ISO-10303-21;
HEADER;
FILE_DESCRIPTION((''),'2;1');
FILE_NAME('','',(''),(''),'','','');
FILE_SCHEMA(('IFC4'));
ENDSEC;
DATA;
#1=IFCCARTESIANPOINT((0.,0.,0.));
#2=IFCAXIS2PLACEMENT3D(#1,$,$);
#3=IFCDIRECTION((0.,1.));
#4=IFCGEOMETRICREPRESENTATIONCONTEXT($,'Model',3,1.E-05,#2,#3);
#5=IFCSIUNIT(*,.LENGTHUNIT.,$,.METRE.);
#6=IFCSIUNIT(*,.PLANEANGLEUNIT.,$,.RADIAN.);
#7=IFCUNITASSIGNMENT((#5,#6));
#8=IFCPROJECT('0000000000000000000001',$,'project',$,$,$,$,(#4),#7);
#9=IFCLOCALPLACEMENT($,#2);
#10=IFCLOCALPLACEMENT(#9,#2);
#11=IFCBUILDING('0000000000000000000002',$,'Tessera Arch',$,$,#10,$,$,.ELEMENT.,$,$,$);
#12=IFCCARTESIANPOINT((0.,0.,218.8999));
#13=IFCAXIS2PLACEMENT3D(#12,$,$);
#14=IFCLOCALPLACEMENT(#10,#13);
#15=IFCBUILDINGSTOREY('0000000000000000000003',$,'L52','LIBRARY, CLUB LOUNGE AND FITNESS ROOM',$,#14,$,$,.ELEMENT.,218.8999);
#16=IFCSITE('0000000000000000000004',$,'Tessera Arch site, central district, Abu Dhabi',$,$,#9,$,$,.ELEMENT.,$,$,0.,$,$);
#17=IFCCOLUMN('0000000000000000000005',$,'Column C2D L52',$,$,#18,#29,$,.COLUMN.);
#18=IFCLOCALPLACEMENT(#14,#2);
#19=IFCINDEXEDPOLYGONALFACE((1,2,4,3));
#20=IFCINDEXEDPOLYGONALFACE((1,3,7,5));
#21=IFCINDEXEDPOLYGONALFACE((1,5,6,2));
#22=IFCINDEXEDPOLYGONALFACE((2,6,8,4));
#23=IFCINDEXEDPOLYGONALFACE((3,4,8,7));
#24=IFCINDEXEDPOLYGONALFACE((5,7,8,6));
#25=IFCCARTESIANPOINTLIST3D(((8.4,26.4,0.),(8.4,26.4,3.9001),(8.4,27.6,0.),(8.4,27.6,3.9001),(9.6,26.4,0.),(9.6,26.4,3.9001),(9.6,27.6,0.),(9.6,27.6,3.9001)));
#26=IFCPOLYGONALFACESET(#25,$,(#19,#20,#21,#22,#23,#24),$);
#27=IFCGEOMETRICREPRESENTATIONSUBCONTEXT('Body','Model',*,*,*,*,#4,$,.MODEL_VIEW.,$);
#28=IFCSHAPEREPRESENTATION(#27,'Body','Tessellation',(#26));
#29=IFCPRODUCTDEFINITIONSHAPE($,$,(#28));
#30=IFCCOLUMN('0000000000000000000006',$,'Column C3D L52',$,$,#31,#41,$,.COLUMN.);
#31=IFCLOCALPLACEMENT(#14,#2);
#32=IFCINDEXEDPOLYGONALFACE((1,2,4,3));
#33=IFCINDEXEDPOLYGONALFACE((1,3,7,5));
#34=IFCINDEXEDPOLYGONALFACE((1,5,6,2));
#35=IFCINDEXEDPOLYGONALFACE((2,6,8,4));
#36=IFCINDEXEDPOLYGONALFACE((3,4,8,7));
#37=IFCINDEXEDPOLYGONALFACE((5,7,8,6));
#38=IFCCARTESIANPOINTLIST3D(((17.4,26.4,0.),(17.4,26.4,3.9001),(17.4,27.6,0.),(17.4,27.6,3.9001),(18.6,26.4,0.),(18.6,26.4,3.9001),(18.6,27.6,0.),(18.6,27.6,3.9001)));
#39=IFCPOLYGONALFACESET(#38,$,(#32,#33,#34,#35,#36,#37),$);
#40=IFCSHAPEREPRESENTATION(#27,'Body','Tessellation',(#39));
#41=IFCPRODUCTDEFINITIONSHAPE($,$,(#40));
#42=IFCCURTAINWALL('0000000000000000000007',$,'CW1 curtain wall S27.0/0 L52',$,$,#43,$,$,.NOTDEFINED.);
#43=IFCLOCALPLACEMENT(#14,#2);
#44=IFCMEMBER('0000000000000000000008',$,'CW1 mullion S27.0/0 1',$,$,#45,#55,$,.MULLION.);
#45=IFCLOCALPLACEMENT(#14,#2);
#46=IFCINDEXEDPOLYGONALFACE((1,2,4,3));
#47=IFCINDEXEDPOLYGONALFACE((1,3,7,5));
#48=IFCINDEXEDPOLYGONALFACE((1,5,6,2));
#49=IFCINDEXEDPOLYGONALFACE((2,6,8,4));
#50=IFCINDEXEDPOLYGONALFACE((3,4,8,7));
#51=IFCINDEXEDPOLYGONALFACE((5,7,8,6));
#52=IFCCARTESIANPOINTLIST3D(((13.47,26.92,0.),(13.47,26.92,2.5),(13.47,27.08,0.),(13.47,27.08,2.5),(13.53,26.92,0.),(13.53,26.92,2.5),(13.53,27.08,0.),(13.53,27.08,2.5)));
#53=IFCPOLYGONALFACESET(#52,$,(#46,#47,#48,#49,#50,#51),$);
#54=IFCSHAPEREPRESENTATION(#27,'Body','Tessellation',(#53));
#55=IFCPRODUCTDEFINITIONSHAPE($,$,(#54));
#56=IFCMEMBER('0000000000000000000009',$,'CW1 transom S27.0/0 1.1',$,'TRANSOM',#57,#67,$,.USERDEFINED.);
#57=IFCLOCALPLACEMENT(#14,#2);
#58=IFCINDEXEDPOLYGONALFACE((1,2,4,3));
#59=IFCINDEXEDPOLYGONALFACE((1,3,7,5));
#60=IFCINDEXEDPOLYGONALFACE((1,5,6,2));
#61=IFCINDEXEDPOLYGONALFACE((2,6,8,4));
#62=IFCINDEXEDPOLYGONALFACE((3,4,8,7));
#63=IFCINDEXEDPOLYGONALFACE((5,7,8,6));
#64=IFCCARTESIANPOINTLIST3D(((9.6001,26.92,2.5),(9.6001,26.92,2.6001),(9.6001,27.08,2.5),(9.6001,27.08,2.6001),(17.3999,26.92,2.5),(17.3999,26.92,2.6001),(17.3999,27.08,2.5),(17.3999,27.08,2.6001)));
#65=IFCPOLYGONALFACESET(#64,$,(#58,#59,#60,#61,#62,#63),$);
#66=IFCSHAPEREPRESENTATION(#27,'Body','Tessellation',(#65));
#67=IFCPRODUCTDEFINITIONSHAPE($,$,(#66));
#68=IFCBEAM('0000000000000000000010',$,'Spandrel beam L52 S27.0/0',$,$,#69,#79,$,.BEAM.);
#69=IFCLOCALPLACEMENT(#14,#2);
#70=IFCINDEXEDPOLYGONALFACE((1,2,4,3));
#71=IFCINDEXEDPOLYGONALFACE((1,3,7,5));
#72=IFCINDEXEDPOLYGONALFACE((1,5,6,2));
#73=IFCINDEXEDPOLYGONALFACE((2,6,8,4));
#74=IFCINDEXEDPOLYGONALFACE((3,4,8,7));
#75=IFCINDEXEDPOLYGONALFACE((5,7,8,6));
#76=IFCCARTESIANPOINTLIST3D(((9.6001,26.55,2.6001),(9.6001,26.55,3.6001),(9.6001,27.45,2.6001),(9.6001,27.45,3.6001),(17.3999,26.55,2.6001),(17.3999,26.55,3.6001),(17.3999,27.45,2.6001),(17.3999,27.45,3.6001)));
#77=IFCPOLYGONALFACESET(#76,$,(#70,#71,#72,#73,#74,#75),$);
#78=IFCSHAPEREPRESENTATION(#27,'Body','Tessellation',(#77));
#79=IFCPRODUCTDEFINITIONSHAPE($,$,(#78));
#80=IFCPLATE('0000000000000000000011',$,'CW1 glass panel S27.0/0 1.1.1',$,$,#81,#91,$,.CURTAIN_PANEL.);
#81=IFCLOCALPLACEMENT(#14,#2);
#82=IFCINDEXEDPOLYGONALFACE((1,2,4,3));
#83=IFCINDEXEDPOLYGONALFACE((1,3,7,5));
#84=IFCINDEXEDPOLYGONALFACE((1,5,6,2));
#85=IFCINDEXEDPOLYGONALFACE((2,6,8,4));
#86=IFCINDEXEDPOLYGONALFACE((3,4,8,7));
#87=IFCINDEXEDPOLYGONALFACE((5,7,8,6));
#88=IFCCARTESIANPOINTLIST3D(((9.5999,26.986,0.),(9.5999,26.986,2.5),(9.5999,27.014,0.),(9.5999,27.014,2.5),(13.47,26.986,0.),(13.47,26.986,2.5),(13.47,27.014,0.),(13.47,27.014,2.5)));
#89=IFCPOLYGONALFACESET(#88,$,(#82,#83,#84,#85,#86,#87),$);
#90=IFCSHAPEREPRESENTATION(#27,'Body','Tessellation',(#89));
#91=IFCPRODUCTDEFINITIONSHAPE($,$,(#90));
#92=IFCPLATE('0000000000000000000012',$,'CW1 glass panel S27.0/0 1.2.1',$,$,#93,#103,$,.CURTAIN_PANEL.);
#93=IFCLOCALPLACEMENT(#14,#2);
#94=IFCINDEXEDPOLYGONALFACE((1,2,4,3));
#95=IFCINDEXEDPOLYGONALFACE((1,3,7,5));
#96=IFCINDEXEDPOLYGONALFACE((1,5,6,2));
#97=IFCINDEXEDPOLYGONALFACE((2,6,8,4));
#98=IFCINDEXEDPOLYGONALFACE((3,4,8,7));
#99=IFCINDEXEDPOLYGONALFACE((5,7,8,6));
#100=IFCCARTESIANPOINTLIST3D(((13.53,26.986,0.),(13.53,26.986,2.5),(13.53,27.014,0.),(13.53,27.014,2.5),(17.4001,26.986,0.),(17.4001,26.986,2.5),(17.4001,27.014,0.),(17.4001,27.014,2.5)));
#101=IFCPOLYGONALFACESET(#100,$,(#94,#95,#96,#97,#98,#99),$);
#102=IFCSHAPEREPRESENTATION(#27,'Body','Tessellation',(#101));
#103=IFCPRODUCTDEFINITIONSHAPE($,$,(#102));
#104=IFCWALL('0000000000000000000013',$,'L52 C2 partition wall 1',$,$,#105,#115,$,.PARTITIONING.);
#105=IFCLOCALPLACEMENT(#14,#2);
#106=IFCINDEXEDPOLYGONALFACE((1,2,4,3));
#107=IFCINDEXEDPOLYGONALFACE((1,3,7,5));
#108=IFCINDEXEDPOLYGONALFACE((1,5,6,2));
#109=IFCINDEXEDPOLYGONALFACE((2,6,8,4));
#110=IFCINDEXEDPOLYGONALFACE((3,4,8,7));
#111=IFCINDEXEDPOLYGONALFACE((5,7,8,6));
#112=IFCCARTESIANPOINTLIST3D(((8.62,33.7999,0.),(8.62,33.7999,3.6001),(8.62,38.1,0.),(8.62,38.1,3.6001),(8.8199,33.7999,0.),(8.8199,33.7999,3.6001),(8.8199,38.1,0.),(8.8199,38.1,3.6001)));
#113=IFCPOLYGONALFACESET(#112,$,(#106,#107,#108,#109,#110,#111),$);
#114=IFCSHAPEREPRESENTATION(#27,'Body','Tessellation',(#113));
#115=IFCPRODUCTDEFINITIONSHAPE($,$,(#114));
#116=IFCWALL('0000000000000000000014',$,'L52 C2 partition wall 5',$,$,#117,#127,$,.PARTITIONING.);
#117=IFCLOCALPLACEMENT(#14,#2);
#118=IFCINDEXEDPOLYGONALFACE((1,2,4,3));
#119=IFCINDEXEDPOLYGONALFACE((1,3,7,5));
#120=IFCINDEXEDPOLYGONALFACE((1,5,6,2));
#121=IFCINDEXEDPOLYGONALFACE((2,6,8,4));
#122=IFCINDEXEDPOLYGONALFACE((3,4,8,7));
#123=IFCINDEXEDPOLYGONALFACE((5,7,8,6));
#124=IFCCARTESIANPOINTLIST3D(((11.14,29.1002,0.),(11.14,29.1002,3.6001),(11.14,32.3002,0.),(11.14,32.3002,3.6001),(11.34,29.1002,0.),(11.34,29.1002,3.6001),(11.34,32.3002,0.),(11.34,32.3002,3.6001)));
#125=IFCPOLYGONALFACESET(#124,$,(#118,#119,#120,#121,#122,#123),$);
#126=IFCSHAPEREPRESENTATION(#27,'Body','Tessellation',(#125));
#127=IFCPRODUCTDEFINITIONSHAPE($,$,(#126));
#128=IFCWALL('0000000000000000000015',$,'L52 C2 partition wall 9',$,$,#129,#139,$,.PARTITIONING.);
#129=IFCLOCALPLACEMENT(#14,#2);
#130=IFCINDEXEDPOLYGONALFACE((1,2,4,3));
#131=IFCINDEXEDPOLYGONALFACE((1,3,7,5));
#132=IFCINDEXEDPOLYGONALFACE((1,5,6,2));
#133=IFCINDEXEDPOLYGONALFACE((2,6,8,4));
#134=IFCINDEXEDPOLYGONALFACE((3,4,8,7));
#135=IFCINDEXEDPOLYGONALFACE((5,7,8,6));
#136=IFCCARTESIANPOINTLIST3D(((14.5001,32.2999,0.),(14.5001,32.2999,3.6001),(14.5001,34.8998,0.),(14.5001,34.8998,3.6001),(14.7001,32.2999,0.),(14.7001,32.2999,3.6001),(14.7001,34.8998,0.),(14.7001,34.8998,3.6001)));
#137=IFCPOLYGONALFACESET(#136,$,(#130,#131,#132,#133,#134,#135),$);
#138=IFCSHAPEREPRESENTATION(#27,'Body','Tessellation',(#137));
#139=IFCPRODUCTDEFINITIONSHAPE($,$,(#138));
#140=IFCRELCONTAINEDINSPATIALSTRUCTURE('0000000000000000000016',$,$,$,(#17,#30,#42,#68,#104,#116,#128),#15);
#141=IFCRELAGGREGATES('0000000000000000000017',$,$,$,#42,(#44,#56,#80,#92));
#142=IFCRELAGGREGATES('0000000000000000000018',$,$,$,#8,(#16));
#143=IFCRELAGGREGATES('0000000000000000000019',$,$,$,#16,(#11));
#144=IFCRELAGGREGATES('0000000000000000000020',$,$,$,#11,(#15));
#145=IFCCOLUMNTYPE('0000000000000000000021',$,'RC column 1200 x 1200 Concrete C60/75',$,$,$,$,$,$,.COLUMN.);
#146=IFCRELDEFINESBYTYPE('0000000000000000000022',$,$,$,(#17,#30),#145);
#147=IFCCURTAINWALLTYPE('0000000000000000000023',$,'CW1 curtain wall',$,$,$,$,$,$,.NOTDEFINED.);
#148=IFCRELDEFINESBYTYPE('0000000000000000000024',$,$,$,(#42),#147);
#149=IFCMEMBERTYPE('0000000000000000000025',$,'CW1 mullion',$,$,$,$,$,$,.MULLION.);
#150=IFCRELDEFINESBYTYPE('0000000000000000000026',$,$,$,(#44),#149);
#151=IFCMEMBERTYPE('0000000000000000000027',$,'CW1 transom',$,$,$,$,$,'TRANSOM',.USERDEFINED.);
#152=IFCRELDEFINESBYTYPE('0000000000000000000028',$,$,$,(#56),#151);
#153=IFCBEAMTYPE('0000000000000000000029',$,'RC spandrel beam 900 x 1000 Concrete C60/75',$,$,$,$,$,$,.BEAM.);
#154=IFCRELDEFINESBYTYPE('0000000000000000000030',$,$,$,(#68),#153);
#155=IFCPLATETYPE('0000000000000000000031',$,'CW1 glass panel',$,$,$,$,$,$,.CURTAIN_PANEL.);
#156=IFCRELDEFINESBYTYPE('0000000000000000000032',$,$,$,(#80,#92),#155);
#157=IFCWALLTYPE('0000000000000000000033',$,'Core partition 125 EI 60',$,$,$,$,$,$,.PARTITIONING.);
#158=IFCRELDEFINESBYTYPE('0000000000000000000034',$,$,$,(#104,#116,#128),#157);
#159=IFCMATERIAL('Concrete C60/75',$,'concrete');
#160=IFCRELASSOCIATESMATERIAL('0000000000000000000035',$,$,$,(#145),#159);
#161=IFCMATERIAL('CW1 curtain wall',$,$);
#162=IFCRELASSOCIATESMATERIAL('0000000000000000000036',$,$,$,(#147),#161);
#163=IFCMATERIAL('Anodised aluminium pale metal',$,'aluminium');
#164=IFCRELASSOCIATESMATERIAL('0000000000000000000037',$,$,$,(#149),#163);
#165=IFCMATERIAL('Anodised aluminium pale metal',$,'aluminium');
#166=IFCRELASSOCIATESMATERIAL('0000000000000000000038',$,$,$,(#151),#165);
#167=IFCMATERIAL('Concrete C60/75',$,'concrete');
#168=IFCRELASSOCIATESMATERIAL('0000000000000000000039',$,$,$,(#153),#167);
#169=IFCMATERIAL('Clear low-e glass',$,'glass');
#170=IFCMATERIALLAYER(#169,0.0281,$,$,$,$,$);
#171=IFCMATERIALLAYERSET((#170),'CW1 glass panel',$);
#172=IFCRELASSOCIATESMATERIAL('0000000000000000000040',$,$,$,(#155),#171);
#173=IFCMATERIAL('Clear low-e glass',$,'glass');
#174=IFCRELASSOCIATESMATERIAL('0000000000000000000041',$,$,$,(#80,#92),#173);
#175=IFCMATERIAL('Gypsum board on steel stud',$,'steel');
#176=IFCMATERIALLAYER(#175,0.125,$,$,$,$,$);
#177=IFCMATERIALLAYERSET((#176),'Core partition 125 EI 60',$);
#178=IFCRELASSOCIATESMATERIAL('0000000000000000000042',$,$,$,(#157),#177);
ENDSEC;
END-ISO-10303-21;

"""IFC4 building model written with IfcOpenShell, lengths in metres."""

from ifc_helpers import new_model, si_unit, direction, frame, frame_2d, origin, origin_2d, place, context, subcontext, project, spatial, rectangle, extrude, material, layer, layer_set, material_profile, profile_set, type_object, element, aggregate, save


model = new_model("IFC4")

# Units and contexts
model_context = context("Model", 3, precision=1e-05, world=origin(), true_north=direction((0.0, 1.0)))
body_context = subcontext(model_context, "Body", "Model", "MODEL_VIEW")
ifc_project = project(units=[si_unit("LENGTHUNIT", "METRE"), si_unit("PLANEANGLEUNIT", "RADIAN")], contexts=[model_context])

# Site, building, storey
site_placement = place(None, origin())
site = spatial("IfcSite", under=ifc_project, at=site_placement, Name="Tessera Arch site, central district, Abu Dhabi", CompositionType="ELEMENT", RefElevation=0.0)
building_placement = place(site_placement, origin())
building = spatial("IfcBuilding", under=site, at=building_placement, Name="Tessera Arch", CompositionType="ELEMENT")
storey_placement = place(building_placement, frame((0.0, 0.0, 218.8999)))
storey = spatial("IfcBuildingStorey", under=building, at=storey_placement, Name="L52", Description="LIBRARY, CLUB LOUNGE AND FITNESS ROOM", CompositionType="ELEMENT", Elevation=218.8999)

# Columns
ifc_material_1 = material(Name="Concrete C60/75", Category="concrete")
ifc_material_profile_1 = material_profile(ifc_material_1, rectangle(XDim=1.2, YDim=1.2, at=origin_2d()), Name="RC column 1200 x 1200 Concrete C60/75")
ifc_profile_set_1 = profile_set([ifc_material_profile_1], Name="Concrete C60/75")
column_type = type_object("IfcColumnType", Name="RC column 1200 x 1200 Concrete C60/75", PredefinedType="COLUMN", material=ifc_profile_set_1)
for number, where, z_axis, x_axis, name in (
    (1, (9.0, 27.0, 0.0), (0.0, 0.0, 1.0), (1.0, 0.0, 0.0), "Column C2D L52"),
    (2, (18.0, 27.0, 0.0), (0.0, 0.0, 1.0), (1.0, 0.0, 0.0), "Column C3D L52"),
):
    element("IfcColumn", number, at=place(storey_placement, frame(where, z_axis=z_axis, x_axis=x_axis)), inside=storey, type_object=column_type, Name=name, PredefinedType="COLUMN", context=body_context, shape_type="SweptSolid", body=[
        extrude(rectangle(XDim=1.2, YDim=1.2, at=origin_2d()), origin(), (0.0, 0.0, 1.0), 3.9001),
    ])

# Curtain wall, members
ifc_material_2 = material(Name="CW1 curtain wall")
curtain_wall_type = type_object("IfcCurtainWallType", Name="CW1 curtain wall", PredefinedType="NOTDEFINED", material=ifc_material_2)
curtain_wall_placement = place(storey_placement, origin())
curtain_wall = element("IfcCurtainWall", 3, at=curtain_wall_placement, inside=storey, type_object=curtain_wall_type, Name="CW1 curtain wall S27.0/0 L52", PredefinedType="NOTDEFINED")
ifc_material_3 = material(Name="Anodised aluminium pale metal", Category="aluminium")
ifc_material_profile_2 = material_profile(ifc_material_3, rectangle(XDim=0.1599, YDim=0.0601, at=origin_2d()), Name="AL 60x160")
ifc_profile_set_2 = profile_set([ifc_material_profile_2], Name="Anodised aluminium pale metal")
member_type_1 = type_object("IfcMemberType", Name="CW1 mullion", PredefinedType="MULLION", material=ifc_profile_set_2)
member_1_placement = place(storey_placement, frame((13.5, 27.0, 0.0), z_axis=(0.0, 0.0, 1.0), x_axis=(0.0, 1.0, 0.0)))
member_1 = element("IfcMember", 4, at=member_1_placement, type_object=member_type_1, Name="CW1 mullion S27.0/0 1", PredefinedType="MULLION", context=body_context, shape_type="SweptSolid", body=[
    extrude(rectangle(XDim=0.1599, YDim=0.0601, at=origin_2d()), origin(), (0.0, 0.0, 1.0), 2.5),
])
ifc_material_4 = material(Name="Anodised aluminium pale metal", Category="aluminium")
ifc_material_profile_3 = material_profile(ifc_material_4, rectangle(XDim=0.1599, YDim=0.1001, at=origin_2d()), Name="AL 160x100")
ifc_profile_set_3 = profile_set([ifc_material_profile_3], Name="Anodised aluminium pale metal")
member_type_2 = type_object("IfcMemberType", Name="CW1 transom", ElementType="TRANSOM", PredefinedType="USERDEFINED", material=ifc_profile_set_3)
member_2_placement = place(storey_placement, frame((9.6001, 27.0, 2.55), z_axis=(1.0, 0.0, 0.0), x_axis=(0.0, 1.0, 0.0)))
member_2 = element("IfcMember", 5, at=member_2_placement, type_object=member_type_2, Name="CW1 transom S27.0/0 1.1", ObjectType="TRANSOM", PredefinedType="USERDEFINED", context=body_context, shape_type="SweptSolid", body=[
    extrude(rectangle(XDim=0.1599, YDim=0.1001, at=origin_2d()), origin(), (0.0, 0.0, 1.0), 7.7998),
])

# Beam
ifc_material_5 = material(Name="Concrete C60/75", Category="concrete")
ifc_material_profile_4 = material_profile(ifc_material_5, rectangle(XDim=0.8999, YDim=1.0, at=origin_2d()), Name="RC spandrel beam 900 x 1000 Concrete C60/75")
ifc_profile_set_4 = profile_set([ifc_material_profile_4], Name="Concrete C60/75")
beam_type = type_object("IfcBeamType", Name="RC spandrel beam 900 x 1000 Concrete C60/75", PredefinedType="BEAM", material=ifc_profile_set_4)
beam_placement = place(storey_placement, frame((9.6001, 27.0, 3.1001), z_axis=(1.0, 0.0, 0.0), x_axis=(0.0, 1.0, 0.0)))
element("IfcBeam", 6, at=beam_placement, inside=storey, type_object=beam_type, Name="Spandrel beam L52 S27.0/0", PredefinedType="BEAM", context=body_context, shape_type="SweptSolid", body=[
    extrude(rectangle(XDim=0.8999, YDim=1.0, at=origin_2d()), origin(), (0.0, 0.0, 1.0), 7.7998),
])

# Plates
ifc_material_6 = material(Name="Clear low-e glass", Category="glass")
ifc_material_7 = material(Name="Clear low-e glass", Category="glass")
ifc_layer_1 = layer(ifc_material_7, 0.0281)
ifc_layer_set_1 = layer_set([ifc_layer_1], Name="CW1 glass panel")
plate_type = type_object("IfcPlateType", Name="CW1 glass panel", PredefinedType="CURTAIN_PANEL", material=ifc_layer_set_1)
plate_1_placement = place(storey_placement, frame((11.5349, 27.0, 0.0), z_axis=(0.0, 0.0, 1.0), x_axis=(1.0, 0.0, 0.0)))
plate_1 = element("IfcPlate", 7, at=plate_1_placement, type_object=plate_type, material=ifc_material_6, Name="CW1 glass panel S27.0/0 1.1.1", PredefinedType="CURTAIN_PANEL", context=body_context, shape_type="SweptSolid", body=[
    extrude(rectangle(XDim=3.8701, YDim=0.0281, at=origin_2d()), origin(), (0.0, 0.0, 1.0), 2.5),
])
plate_2_placement = place(storey_placement, frame((15.4651, 27.0, 0.0), z_axis=(0.0, 0.0, 1.0), x_axis=(1.0, 0.0, 0.0)))
plate_2 = element("IfcPlate", 8, at=plate_2_placement, type_object=plate_type, material=ifc_material_6, Name="CW1 glass panel S27.0/0 1.2.1", PredefinedType="CURTAIN_PANEL", context=body_context, shape_type="SweptSolid", body=[
    extrude(rectangle(XDim=3.8701, YDim=0.0281, at=origin_2d()), origin(), (0.0, 0.0, 1.0), 2.5),
])
aggregate(curtain_wall, [member_1, member_2, plate_1, plate_2])

# Walls
ifc_material_8 = material(Name="Gypsum board on steel stud", Category="steel")
ifc_layer_2 = layer(ifc_material_8, 0.125)
ifc_layer_set_2 = layer_set([ifc_layer_2], Name="Core partition 125 EI 60")
wall_type_1 = type_object("IfcWallType", Name="Core partition 125 EI 60", PredefinedType="PARTITIONING", material=ifc_layer_set_2)
wall_1_placement = place(storey_placement, frame((8.72, 33.8, 0.0), z_axis=(0.0, 0.0, 1.0), x_axis=(0.0, 1.0, 0.0)))
element("IfcWall", 9, at=wall_1_placement, inside=storey, type_object=wall_type_1, Name="L52 C2 partition wall 1", PredefinedType="PARTITIONING", context=body_context, shape_type="SweptSolid", body=[
    extrude(rectangle(XDim=4.3, YDim=0.2, at=frame_2d((2.1499, 0.0))), origin(), (0.0, 0.0, 1.0), 3.6001),
])
wall_2_placement = place(storey_placement, frame((11.24, 29.1001, 0.0), z_axis=(0.0, 0.0, 1.0), x_axis=(0.0, 1.0, 0.0)))
element("IfcWall", 10, at=wall_2_placement, inside=storey, type_object=wall_type_1, Name="L52 C2 partition wall 5", PredefinedType="PARTITIONING", context=body_context, shape_type="SweptSolid", body=[
    extrude(rectangle(XDim=3.2, YDim=0.2, at=frame_2d((1.6001, 0.0))), origin(), (0.0, 0.0, 1.0), 3.6001),
])
wall_3_placement = place(storey_placement, frame((14.6001, 32.3, 0.0), z_axis=(0.0, 0.0, 1.0), x_axis=(0.0, 1.0, 0.0)))
element("IfcWall", 11, at=wall_3_placement, inside=storey, type_object=wall_type_1, Name="L52 C2 partition wall 9", PredefinedType="PARTITIONING", context=body_context, shape_type="SweptSolid", body=[
    extrude(rectangle(XDim=2.5999, YDim=0.2, at=frame_2d((1.2998, 0.0))), origin(), (0.0, 0.0, 1.0), 3.6001),
])

save(model, "model.ifc")
